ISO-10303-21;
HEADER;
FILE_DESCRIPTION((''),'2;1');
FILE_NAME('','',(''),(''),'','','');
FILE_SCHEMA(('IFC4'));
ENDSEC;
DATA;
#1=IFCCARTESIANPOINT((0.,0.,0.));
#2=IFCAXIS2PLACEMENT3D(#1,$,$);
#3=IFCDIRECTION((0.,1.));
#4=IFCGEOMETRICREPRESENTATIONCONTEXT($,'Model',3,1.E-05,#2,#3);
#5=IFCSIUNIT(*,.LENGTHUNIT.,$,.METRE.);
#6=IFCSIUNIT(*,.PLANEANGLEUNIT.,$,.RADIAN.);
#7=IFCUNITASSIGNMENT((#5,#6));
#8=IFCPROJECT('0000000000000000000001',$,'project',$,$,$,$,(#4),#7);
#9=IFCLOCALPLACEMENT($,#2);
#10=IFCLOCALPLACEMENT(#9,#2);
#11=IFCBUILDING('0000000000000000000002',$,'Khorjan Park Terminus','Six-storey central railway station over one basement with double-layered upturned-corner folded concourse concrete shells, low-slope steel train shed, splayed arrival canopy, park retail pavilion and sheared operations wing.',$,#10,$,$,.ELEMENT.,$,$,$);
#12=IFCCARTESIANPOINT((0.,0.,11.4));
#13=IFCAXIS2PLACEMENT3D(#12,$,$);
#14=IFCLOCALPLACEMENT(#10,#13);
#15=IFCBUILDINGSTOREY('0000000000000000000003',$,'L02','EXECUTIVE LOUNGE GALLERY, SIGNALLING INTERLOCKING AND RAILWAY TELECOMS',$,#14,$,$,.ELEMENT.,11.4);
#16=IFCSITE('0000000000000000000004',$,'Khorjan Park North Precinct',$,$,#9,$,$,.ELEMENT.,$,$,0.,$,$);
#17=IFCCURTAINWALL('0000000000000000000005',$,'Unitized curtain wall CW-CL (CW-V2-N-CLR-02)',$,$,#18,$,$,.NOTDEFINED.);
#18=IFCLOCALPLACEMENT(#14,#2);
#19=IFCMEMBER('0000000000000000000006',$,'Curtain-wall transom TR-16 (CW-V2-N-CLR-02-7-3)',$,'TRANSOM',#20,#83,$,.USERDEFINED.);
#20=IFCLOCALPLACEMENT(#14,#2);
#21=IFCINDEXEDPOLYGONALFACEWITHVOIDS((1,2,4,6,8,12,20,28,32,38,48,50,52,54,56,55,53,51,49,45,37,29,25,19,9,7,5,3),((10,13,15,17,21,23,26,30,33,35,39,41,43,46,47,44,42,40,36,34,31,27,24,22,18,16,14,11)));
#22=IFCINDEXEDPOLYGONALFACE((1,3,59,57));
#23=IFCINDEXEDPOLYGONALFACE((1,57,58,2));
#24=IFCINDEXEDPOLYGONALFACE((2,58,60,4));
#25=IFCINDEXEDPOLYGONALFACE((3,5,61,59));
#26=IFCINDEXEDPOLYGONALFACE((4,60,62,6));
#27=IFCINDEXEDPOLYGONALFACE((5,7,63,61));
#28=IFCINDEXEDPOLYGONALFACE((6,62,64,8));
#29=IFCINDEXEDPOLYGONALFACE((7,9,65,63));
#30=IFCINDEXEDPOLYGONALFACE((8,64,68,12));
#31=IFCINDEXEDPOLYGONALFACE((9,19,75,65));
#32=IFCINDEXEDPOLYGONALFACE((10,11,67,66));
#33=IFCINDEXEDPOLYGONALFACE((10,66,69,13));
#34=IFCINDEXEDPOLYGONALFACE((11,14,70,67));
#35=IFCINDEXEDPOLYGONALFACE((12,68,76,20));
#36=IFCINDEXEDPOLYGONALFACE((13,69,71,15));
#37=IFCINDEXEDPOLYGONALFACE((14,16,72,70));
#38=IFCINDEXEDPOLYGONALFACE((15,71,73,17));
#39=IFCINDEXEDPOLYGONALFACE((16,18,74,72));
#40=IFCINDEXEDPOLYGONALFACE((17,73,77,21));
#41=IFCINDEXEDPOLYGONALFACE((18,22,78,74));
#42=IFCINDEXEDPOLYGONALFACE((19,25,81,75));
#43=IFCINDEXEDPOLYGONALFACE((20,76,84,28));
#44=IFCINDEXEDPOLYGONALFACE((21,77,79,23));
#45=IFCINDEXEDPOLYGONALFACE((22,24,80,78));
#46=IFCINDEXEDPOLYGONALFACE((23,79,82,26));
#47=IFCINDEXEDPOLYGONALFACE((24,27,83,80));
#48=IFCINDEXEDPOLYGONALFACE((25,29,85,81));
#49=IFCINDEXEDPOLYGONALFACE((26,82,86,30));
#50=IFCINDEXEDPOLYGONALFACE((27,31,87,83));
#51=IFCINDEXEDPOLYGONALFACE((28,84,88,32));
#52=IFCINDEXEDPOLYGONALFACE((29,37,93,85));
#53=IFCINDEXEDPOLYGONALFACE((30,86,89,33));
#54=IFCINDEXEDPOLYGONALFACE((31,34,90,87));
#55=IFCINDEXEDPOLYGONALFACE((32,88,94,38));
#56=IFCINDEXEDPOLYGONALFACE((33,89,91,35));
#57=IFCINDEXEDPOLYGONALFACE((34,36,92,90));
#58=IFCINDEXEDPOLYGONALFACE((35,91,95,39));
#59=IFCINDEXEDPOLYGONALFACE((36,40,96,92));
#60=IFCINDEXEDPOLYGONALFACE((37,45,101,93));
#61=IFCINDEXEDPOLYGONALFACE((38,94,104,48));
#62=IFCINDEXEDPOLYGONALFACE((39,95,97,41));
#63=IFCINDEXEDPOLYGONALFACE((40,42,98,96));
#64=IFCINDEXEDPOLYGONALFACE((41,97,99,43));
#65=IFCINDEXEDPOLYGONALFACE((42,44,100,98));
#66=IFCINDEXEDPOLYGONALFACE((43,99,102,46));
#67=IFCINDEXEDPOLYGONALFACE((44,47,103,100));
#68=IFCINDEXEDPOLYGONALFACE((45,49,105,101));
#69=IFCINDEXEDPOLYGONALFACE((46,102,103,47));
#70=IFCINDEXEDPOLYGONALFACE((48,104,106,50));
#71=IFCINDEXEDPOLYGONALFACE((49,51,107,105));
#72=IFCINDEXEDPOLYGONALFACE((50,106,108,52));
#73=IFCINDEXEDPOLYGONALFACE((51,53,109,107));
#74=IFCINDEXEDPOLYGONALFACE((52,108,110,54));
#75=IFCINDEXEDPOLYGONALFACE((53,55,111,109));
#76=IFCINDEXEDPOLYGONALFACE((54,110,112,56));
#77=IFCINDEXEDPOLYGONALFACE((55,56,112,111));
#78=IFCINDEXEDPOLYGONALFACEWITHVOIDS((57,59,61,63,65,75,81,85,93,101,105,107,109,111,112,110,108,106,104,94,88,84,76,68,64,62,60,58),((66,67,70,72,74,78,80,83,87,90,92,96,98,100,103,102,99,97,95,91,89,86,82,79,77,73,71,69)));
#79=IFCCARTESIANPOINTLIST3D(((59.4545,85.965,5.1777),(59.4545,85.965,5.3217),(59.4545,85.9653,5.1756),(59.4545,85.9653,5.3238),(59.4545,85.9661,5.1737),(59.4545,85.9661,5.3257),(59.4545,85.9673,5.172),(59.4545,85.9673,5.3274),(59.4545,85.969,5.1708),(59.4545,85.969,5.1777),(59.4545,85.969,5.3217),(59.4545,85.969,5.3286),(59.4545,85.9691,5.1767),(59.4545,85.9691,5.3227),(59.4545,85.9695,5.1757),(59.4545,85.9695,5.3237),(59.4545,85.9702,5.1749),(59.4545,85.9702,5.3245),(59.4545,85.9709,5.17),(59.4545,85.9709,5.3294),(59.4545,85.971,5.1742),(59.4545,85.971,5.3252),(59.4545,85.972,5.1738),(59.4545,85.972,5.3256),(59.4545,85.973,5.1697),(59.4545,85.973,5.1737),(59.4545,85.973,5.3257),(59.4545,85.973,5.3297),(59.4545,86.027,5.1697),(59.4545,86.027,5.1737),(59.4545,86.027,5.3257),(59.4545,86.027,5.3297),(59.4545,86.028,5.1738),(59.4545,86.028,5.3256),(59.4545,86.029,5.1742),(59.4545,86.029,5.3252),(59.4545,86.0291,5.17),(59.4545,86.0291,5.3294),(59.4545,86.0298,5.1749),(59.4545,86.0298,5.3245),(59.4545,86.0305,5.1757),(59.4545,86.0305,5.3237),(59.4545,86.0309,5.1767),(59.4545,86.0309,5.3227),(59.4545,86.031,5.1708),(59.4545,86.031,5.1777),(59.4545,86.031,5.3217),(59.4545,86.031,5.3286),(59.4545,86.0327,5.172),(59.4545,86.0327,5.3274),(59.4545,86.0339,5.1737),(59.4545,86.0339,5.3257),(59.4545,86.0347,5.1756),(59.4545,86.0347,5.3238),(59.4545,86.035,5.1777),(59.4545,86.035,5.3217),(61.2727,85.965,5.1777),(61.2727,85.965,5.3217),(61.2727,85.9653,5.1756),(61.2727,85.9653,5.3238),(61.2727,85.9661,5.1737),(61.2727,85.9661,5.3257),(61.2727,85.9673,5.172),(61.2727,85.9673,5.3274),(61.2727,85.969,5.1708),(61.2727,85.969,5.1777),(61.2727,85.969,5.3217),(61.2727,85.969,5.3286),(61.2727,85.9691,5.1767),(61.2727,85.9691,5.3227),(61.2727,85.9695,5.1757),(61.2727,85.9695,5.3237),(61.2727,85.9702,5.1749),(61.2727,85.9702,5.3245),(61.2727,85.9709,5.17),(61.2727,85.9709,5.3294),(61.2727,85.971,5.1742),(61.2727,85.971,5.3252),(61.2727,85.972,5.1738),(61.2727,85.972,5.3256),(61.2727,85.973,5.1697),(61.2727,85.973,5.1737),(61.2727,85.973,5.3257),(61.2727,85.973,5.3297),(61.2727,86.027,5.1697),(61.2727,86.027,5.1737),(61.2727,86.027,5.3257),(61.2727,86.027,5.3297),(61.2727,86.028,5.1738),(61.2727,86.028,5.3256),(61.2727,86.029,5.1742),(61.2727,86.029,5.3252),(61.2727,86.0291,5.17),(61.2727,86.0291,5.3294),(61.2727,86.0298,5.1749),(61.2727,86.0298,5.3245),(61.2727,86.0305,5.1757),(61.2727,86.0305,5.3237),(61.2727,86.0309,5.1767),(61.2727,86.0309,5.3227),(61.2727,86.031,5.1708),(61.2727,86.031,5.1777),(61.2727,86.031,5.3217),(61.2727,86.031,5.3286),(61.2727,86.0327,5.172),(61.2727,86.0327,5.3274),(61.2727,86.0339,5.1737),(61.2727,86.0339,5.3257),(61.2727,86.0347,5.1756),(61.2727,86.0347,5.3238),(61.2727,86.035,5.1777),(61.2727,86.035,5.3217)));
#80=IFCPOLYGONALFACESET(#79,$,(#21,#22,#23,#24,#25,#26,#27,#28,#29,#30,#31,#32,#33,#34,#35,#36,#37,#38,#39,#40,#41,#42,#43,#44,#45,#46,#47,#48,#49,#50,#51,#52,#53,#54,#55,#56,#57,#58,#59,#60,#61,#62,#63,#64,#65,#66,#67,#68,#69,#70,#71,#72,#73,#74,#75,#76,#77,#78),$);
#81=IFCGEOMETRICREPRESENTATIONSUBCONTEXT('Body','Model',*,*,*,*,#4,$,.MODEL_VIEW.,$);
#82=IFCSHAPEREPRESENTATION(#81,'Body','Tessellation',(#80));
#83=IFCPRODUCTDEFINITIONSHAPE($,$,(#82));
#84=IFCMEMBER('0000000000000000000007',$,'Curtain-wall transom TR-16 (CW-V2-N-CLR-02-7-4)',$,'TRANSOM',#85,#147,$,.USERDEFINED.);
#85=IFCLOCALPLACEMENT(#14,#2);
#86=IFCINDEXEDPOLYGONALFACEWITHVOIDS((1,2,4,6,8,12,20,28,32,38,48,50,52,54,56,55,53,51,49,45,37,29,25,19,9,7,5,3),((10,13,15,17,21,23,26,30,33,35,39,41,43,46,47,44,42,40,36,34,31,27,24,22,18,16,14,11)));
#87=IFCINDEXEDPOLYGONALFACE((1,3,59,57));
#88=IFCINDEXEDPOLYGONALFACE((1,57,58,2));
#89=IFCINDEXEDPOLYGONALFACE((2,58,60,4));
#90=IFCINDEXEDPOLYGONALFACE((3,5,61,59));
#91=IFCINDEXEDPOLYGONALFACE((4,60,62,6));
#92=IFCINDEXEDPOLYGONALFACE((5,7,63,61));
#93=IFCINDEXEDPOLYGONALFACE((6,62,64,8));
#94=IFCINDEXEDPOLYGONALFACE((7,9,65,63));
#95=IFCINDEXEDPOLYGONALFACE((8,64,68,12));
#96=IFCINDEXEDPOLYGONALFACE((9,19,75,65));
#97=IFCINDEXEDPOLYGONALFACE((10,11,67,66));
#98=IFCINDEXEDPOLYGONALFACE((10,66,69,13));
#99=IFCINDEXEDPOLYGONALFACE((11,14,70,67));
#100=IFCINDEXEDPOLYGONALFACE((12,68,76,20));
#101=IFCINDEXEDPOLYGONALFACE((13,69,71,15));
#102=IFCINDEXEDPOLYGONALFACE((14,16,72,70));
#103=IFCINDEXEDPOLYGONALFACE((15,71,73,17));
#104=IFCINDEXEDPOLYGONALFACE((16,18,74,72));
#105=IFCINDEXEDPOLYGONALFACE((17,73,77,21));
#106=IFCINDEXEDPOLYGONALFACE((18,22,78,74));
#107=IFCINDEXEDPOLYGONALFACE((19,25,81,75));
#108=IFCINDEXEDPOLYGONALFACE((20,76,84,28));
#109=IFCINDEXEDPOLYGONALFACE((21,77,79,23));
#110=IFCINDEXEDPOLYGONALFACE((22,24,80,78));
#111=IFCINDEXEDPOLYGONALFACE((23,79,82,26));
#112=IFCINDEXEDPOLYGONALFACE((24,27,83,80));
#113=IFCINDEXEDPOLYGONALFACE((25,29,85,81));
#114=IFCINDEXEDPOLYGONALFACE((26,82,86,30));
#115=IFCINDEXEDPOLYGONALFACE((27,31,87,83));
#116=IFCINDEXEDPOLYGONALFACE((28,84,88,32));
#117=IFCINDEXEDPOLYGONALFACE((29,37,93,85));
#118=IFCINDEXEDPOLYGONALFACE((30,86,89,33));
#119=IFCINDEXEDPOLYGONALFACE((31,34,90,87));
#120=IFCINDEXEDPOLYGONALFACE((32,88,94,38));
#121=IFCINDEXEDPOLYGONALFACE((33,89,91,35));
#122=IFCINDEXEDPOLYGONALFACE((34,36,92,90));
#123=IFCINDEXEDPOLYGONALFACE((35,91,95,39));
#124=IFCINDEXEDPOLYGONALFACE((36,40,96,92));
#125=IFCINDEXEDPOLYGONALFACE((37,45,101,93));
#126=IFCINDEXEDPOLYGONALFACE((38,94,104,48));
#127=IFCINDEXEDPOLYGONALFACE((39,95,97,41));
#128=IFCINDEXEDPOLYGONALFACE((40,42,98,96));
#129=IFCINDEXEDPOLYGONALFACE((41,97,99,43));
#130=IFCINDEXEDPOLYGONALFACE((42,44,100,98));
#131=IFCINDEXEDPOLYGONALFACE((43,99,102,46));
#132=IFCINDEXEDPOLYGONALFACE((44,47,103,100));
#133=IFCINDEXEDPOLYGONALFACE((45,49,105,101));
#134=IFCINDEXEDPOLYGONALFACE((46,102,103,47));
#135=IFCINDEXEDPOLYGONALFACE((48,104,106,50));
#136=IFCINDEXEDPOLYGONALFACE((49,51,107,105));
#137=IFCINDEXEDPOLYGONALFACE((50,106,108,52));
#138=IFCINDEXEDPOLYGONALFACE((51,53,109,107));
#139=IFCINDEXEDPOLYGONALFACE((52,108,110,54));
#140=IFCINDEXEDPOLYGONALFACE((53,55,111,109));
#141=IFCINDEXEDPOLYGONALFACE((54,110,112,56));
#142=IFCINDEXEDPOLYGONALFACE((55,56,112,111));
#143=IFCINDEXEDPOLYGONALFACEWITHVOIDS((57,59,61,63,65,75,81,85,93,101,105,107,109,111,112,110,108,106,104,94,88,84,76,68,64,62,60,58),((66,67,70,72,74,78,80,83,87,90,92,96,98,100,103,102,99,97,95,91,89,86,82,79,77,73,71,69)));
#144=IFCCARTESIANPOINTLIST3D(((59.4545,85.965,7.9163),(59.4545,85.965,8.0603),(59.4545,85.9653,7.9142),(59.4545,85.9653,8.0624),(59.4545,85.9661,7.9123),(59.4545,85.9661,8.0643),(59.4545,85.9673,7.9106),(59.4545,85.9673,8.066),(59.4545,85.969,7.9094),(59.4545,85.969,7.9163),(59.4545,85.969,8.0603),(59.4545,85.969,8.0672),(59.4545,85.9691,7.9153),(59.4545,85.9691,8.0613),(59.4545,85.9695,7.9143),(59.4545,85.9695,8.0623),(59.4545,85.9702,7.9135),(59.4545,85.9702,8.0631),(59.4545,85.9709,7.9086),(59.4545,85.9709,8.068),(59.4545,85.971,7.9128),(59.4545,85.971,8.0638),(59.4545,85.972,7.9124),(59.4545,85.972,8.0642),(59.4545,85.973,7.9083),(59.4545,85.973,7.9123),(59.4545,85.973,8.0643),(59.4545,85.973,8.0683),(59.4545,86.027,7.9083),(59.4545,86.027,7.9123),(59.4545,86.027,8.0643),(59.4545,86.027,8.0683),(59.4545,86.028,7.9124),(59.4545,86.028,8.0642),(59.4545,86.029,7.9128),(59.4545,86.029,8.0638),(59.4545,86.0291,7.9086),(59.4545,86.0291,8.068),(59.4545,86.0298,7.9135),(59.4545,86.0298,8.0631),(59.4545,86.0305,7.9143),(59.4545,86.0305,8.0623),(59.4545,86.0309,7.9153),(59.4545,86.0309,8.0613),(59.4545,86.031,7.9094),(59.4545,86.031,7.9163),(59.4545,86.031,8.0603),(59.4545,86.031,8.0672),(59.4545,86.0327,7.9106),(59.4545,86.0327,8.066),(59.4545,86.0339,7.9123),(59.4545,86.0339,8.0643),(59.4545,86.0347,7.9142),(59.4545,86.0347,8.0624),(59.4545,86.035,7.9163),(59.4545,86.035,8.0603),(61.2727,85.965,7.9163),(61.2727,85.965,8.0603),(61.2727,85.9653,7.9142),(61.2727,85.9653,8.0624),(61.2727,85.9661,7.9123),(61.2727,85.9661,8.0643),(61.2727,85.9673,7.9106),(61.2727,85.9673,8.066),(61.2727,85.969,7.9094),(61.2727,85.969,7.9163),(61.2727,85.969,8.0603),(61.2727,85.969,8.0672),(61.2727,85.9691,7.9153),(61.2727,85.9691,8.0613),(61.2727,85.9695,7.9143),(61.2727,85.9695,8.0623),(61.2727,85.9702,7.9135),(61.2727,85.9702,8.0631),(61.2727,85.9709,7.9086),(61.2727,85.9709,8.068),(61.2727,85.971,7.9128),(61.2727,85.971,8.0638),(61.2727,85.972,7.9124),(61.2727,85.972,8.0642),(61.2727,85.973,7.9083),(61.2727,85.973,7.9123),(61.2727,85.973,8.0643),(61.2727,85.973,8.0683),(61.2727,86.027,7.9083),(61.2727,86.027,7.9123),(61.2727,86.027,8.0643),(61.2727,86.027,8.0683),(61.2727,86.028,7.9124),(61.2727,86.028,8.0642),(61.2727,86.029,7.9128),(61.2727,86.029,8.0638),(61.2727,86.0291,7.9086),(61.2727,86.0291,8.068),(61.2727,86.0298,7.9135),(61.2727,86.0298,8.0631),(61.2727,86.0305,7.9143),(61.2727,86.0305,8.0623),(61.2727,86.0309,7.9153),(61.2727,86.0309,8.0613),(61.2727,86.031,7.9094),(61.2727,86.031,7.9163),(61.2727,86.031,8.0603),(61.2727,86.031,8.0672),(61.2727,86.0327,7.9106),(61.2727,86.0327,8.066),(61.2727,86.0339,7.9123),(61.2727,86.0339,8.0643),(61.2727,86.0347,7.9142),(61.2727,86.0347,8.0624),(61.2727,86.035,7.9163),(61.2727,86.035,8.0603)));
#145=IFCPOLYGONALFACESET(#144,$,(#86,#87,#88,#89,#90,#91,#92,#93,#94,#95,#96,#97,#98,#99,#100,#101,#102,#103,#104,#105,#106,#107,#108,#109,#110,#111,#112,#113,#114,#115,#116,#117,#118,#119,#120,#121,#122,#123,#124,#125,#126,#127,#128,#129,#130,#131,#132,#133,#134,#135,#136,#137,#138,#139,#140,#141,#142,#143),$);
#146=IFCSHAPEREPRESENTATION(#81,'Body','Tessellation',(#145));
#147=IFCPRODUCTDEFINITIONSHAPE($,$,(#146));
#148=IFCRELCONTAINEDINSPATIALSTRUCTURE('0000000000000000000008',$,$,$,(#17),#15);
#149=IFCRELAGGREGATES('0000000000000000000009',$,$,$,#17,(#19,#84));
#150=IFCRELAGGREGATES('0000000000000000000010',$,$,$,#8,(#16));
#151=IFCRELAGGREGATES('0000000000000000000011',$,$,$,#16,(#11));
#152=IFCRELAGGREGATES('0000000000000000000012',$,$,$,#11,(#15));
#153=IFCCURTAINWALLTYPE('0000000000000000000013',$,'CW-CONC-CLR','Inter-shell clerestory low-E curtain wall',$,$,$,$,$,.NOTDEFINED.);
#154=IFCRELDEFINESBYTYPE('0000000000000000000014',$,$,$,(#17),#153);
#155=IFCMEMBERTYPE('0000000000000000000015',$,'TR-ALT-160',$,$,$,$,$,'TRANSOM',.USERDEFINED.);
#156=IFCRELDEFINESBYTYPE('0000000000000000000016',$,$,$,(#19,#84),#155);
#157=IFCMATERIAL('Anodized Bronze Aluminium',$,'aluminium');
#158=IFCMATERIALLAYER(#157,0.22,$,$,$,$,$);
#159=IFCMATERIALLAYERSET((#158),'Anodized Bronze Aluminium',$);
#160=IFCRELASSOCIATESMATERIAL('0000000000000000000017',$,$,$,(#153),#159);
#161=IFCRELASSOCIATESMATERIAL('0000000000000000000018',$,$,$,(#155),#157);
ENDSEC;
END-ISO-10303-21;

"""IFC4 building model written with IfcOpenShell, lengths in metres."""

from ifc_helpers import new_model, si_unit, direction, frame, origin, origin_2d, place, context, subcontext, project, spatial, hollow_rectangle, extrude, material, layer, layer_set, material_profile, profile_set, type_object, element, aggregate, save


model = new_model("IFC4")

# Units and contexts
model_context = context("Model", 3, precision=1e-05, world=origin(), true_north=direction((0.0, 1.0)))
body_context = subcontext(model_context, "Body", "Model", "MODEL_VIEW")
ifc_project = project(units=[si_unit("LENGTHUNIT", "METRE"), si_unit("PLANEANGLEUNIT", "RADIAN")], contexts=[model_context])

# Site, building, storey
site_placement = place(None, origin())
site = spatial("IfcSite", under=ifc_project, at=site_placement, Name="Khorjan Park North Precinct", CompositionType="ELEMENT", RefElevation=0.0)
building_placement = place(site_placement, origin())
building = spatial("IfcBuilding", under=site, at=building_placement, Name="Khorjan Park Terminus", Description="Six-storey central railway station over one basement with double-layered upturned-corner folded concourse concrete shells, low-slope steel train shed, splayed arrival canopy, park retail pavilion and sheared operations wing.", CompositionType="ELEMENT")
storey_placement = place(building_placement, frame((0.0, 0.0, 11.4)))
storey = spatial("IfcBuildingStorey", under=building, at=storey_placement, Name="L02", Description="EXECUTIVE LOUNGE GALLERY, SIGNALLING INTERLOCKING AND RAILWAY TELECOMS", CompositionType="ELEMENT", Elevation=11.4)

# Curtain wall, members
ifc_material_1 = material(Name="Anodized Bronze Aluminium", Category="aluminium")
ifc_layer_1 = layer(ifc_material_1, 0.22)
ifc_layer_set_1 = layer_set([ifc_layer_1], Name="Anodized Bronze Aluminium")
curtain_wall_type = type_object("IfcCurtainWallType", Name="CW-CONC-CLR", Description="Inter-shell clerestory low-E curtain wall", PredefinedType="NOTDEFINED", material=ifc_layer_set_1)
curtain_wall_placement = place(storey_placement, origin())
curtain_wall = element("IfcCurtainWall", 1, at=curtain_wall_placement, inside=storey, type_object=curtain_wall_type, Name="Unitized curtain wall CW-CL (CW-V2-N-CLR-02)", PredefinedType="NOTDEFINED")
ifc_material_profile_1 = material_profile(ifc_material_1, hollow_rectangle(XDim=0.07, YDim=0.16, WallThickness=0.004, InnerFilletRadius=0.004, OuterFilletRadius=0.008, at=origin_2d()), Name="ALT 70x160x4")
ifc_profile_set_1 = profile_set([ifc_material_profile_1], Name="Anodized Bronze Aluminium")
member_type_1 = type_object("IfcMemberType", Name="TR-ALT-160", ElementType="TRANSOM", PredefinedType="USERDEFINED", material=ifc_profile_set_1)
member_1_placement = place(storey_placement, frame((61.2727, 86.0, 5.2497), z_axis=(-1.0, 0.0, 0.0), x_axis=(0.0, -1.0, 0.0)))
member_1 = element("IfcMember", 2, at=member_1_placement, type_object=member_type_1, Name="Curtain-wall transom TR-16 (CW-V2-N-CLR-02-7-3)", ObjectType="TRANSOM", PredefinedType="USERDEFINED", context=body_context, shape_type="SweptSolid", body=[
    extrude(hollow_rectangle(XDim=0.07, YDim=0.16, WallThickness=0.004, InnerFilletRadius=0.004, OuterFilletRadius=0.008, at=origin_2d()), origin(), (0.0, 0.0, 1.0), 1.8182),
])
member_2_placement = place(storey_placement, frame((61.2727, 86.0, 7.9883), z_axis=(-1.0, 0.0, 0.0), x_axis=(0.0, -1.0, 0.0)))
member_2 = element("IfcMember", 3, at=member_2_placement, type_object=member_type_1, Name="Curtain-wall transom TR-16 (CW-V2-N-CLR-02-7-4)", ObjectType="TRANSOM", PredefinedType="USERDEFINED", context=body_context, shape_type="SweptSolid", body=[
    extrude(hollow_rectangle(XDim=0.07, YDim=0.16, WallThickness=0.004, InnerFilletRadius=0.004, OuterFilletRadius=0.008, at=origin_2d()), origin(), (0.0, 0.0, 1.0), 1.8182),
])

aggregate(curtain_wall, [member_1, member_2])

save(model, "model.ifc")
